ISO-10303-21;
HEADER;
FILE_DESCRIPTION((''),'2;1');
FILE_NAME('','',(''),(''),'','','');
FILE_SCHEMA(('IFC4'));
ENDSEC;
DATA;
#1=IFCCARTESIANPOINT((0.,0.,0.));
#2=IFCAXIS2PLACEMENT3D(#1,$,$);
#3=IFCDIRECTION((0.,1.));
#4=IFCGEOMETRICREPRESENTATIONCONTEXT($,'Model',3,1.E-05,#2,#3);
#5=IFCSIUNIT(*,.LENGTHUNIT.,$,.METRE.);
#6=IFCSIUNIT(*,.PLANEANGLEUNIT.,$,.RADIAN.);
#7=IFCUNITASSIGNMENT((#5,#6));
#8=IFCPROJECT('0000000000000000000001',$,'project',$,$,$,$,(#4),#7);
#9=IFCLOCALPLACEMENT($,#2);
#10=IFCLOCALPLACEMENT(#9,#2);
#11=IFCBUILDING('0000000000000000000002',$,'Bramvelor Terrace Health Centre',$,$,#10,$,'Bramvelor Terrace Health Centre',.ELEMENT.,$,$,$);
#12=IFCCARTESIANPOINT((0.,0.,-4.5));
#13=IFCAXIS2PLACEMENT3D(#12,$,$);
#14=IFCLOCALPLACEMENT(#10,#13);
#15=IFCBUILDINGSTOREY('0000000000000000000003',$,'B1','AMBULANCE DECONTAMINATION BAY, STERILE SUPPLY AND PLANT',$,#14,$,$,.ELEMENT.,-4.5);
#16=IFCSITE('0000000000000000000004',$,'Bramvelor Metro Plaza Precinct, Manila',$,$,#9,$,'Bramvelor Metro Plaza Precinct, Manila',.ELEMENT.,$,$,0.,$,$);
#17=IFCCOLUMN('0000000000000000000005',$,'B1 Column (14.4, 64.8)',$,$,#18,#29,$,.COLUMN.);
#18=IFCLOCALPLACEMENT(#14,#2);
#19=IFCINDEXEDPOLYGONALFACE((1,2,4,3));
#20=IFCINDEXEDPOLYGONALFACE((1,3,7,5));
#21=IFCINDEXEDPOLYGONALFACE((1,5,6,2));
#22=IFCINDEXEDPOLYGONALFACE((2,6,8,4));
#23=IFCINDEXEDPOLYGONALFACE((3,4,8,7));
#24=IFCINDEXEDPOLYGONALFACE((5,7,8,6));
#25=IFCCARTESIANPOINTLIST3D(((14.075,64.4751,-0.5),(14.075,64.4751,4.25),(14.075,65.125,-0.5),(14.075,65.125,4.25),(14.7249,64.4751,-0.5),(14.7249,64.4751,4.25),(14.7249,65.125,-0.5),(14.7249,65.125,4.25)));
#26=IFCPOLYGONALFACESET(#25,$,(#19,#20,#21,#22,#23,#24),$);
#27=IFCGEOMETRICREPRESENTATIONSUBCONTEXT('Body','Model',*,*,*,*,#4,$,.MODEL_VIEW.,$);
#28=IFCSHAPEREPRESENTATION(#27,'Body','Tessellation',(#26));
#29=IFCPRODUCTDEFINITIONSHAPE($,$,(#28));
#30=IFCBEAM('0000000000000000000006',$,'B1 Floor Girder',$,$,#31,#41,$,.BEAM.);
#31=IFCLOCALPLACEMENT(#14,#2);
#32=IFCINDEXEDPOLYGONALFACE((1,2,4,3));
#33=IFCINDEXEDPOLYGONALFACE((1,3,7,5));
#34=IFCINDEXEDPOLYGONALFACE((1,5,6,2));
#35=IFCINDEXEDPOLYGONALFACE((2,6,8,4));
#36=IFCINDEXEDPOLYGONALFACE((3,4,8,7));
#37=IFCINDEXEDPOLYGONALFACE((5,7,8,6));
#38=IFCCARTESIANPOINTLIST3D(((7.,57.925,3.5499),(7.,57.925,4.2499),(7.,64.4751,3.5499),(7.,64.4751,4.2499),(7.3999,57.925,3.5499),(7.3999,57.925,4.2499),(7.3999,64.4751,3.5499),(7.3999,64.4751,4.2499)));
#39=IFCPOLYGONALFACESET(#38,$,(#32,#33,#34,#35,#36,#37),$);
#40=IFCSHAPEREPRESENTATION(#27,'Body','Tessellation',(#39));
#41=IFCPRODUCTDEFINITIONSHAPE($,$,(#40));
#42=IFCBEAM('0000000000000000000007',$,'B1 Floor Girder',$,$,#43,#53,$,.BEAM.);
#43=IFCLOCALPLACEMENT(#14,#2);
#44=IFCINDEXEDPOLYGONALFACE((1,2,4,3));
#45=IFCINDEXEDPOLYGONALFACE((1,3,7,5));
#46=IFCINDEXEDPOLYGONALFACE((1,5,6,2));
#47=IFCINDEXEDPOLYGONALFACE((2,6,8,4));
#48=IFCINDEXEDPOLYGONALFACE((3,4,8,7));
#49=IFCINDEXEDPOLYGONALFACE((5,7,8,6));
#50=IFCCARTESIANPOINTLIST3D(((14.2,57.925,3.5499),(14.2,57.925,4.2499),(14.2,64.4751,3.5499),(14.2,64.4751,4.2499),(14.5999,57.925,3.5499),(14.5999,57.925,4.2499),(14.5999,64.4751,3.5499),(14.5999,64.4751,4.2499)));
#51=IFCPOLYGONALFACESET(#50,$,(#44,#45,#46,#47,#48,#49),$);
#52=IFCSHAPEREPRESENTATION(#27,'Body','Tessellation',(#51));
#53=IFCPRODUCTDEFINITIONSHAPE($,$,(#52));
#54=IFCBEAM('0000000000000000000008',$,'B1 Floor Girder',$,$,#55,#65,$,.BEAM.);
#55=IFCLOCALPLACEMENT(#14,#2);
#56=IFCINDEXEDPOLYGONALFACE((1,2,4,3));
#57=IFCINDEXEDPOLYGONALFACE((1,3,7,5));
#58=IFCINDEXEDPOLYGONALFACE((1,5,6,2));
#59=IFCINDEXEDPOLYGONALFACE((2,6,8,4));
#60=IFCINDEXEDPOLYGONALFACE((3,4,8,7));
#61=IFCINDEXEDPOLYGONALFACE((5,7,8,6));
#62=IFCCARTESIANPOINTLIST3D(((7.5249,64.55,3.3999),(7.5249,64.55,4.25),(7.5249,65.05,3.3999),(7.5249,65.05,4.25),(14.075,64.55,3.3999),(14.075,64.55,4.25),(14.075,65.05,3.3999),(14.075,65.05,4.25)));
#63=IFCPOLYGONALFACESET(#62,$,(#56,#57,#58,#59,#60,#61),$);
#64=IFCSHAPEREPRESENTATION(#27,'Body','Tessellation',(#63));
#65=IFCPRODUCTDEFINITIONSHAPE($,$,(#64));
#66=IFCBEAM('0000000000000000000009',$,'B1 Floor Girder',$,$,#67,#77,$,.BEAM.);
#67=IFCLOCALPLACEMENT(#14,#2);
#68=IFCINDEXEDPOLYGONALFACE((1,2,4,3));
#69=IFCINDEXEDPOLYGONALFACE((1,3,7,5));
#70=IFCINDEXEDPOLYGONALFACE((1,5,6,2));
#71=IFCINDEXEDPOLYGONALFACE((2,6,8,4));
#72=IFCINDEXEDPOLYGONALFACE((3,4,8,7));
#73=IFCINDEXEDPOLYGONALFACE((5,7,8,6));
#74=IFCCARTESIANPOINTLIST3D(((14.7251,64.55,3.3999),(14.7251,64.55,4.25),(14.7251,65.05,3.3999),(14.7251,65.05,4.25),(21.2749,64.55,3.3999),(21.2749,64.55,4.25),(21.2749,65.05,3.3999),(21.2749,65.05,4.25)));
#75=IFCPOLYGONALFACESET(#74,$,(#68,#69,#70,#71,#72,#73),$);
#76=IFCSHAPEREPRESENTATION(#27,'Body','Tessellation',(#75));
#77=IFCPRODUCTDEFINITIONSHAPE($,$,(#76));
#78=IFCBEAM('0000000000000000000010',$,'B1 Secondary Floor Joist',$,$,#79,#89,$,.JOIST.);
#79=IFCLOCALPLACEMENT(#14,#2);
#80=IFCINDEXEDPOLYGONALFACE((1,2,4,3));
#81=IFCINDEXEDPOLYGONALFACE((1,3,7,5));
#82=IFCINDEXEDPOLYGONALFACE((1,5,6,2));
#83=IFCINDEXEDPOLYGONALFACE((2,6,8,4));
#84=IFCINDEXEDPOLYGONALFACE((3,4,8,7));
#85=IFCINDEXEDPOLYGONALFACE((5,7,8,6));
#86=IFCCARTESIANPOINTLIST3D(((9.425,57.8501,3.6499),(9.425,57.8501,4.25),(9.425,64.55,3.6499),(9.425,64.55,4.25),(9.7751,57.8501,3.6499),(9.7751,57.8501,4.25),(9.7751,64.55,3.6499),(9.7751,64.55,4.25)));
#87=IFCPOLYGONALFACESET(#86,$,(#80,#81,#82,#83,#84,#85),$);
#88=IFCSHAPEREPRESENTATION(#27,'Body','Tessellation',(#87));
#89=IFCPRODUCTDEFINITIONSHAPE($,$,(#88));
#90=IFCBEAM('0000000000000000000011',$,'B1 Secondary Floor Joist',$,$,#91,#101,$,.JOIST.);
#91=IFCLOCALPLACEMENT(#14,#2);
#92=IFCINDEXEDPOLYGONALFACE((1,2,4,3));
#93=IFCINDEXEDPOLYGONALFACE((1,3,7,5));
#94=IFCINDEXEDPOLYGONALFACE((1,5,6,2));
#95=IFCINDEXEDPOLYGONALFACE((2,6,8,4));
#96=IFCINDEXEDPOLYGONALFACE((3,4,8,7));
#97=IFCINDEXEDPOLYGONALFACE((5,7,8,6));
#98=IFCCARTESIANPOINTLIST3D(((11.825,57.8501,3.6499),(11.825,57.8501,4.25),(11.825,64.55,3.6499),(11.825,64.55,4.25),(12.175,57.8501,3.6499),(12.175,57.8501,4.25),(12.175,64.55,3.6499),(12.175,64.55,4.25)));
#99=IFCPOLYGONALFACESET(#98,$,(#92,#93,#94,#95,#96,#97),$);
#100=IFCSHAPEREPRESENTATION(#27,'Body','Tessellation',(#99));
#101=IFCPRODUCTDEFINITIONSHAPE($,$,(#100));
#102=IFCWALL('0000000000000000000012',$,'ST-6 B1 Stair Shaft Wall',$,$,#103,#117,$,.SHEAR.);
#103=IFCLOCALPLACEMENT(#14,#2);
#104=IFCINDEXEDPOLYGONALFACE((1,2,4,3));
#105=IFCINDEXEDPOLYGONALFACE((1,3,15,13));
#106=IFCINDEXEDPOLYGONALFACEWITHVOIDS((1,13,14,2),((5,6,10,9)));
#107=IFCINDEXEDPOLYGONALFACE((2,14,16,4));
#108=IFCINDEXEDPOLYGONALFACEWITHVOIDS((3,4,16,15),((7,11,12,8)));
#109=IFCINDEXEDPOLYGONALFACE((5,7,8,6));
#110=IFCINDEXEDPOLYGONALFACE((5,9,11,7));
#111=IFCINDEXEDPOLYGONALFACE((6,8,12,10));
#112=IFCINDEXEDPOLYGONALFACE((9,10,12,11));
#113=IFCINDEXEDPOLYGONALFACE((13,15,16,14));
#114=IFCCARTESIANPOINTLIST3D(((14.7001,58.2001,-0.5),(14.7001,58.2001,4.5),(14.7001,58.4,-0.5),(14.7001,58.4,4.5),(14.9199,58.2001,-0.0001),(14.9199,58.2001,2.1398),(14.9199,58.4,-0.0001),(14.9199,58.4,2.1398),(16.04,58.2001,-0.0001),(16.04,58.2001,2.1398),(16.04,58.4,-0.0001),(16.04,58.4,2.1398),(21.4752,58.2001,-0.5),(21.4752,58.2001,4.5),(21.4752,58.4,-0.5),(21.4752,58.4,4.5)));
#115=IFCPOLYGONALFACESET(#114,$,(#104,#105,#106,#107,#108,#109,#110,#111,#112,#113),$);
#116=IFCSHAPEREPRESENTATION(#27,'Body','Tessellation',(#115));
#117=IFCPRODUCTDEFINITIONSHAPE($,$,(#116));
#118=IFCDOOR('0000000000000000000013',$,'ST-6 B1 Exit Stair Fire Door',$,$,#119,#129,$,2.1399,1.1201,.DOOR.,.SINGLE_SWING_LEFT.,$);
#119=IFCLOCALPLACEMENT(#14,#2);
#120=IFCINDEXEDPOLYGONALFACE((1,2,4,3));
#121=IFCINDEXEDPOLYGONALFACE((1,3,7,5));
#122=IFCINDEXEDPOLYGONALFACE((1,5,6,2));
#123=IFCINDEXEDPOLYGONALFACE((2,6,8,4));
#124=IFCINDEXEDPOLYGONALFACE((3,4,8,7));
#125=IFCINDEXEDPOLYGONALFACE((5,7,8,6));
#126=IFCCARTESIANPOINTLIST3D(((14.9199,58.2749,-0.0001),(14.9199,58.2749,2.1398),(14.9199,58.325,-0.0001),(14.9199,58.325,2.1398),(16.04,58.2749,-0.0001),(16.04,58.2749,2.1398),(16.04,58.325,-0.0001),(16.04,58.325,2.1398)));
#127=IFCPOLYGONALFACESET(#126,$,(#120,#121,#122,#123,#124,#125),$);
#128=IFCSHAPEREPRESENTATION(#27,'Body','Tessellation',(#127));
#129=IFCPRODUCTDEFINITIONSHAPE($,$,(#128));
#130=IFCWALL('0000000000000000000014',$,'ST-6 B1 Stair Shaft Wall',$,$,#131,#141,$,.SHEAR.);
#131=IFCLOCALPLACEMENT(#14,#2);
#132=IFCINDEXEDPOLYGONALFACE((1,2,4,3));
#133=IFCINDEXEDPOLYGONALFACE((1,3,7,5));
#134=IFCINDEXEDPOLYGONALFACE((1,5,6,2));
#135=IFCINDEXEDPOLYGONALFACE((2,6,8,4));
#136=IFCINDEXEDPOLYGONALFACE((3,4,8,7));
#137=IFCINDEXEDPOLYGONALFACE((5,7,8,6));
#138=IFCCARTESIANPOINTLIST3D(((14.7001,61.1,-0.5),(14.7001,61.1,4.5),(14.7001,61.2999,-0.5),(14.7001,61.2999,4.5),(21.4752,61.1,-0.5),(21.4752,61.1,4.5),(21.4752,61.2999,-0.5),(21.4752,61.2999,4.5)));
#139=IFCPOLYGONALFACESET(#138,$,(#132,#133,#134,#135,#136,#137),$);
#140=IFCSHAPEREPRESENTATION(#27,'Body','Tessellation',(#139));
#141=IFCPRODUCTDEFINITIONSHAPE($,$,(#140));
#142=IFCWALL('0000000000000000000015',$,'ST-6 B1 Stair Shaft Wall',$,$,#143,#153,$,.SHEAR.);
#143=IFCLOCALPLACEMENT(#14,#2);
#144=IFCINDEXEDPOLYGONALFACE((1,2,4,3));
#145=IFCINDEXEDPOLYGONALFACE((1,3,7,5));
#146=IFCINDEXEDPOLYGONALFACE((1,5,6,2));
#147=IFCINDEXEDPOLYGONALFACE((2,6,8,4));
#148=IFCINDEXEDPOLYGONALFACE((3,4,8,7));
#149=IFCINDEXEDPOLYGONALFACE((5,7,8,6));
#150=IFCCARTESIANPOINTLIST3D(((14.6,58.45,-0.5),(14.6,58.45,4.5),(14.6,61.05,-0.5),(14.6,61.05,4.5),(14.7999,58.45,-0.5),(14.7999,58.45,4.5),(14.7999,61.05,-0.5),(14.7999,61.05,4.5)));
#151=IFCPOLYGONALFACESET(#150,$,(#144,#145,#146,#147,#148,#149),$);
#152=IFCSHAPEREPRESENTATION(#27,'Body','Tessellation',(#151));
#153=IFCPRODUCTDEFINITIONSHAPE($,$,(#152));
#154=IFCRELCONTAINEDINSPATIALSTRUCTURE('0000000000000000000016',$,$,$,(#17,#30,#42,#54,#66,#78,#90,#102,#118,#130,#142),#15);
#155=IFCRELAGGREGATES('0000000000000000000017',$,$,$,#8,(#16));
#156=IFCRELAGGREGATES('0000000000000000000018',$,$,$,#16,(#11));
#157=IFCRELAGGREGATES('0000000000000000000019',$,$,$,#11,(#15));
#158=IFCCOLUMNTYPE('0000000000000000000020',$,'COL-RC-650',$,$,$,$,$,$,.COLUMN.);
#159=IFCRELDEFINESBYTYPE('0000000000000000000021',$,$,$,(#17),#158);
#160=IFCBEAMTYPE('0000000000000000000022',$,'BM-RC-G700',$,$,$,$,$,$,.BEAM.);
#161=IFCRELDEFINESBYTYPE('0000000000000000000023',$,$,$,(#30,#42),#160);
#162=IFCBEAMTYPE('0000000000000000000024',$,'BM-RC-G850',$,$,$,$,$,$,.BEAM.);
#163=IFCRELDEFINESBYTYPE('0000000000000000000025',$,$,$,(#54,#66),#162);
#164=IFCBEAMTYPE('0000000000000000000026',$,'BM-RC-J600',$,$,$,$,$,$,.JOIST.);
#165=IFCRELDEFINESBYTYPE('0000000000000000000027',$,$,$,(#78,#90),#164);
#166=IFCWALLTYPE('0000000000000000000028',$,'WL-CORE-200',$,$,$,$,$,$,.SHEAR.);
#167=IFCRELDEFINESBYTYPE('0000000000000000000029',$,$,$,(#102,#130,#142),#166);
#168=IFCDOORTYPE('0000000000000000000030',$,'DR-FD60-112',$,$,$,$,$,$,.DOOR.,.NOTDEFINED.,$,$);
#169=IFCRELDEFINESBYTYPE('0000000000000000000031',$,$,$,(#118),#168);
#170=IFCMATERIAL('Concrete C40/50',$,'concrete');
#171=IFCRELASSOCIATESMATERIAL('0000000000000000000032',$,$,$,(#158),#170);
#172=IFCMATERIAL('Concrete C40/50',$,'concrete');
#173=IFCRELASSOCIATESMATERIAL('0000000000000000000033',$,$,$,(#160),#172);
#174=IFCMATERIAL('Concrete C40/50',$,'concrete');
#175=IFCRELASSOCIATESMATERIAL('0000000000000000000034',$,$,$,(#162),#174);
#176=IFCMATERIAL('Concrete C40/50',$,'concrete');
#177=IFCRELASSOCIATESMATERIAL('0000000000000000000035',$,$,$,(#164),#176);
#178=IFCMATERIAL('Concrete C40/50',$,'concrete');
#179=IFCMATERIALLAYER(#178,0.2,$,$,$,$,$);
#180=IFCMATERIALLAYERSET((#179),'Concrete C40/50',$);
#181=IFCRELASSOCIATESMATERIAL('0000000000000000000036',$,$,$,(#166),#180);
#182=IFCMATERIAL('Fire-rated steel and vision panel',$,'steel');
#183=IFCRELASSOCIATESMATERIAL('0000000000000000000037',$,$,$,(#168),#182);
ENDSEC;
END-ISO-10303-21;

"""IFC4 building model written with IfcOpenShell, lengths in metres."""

from ifc_helpers import new_model, si_unit, direction, frame, frame_2d, origin, origin_2d, place, context, subcontext, project, spatial, rectangle, extrude, material, layer, layer_set, material_profile, profile_set, type_object, element, fill, save


model = new_model("IFC4")

# Units and contexts
model_context = context("Model", 3, precision=1e-05, world=origin(), true_north=direction((0.0, 1.0)))
body_context = subcontext(model_context, "Body", "Model", "MODEL_VIEW")
ifc_project = project(units=[si_unit("LENGTHUNIT", "METRE"), si_unit("PLANEANGLEUNIT", "RADIAN")], contexts=[model_context])

# Site, building, storey
site_placement = place(None, origin())
site = spatial("IfcSite", under=ifc_project, at=site_placement, Name="Bramvelor Metro Plaza Precinct, Manila", LongName="Bramvelor Metro Plaza Precinct, Manila", CompositionType="ELEMENT", RefElevation=0.0)
building_placement = place(site_placement, origin())
building = spatial("IfcBuilding", under=site, at=building_placement, Name="Bramvelor Terrace Health Centre", LongName="Bramvelor Terrace Health Centre", CompositionType="ELEMENT")
storey_placement = place(building_placement, frame((0.0, 0.0, -4.5)))
storey = spatial("IfcBuildingStorey", under=building, at=storey_placement, Name="B1", Description="AMBULANCE DECONTAMINATION BAY, STERILE SUPPLY AND PLANT", CompositionType="ELEMENT", Elevation=-4.5)

# Column
ifc_material_1 = material(Name="Concrete C40/50", Category="concrete")
ifc_material_profile_1 = material_profile(ifc_material_1, rectangle(XDim=0.6499, YDim=0.6499, at=origin_2d()), Name="RC 650x650")
ifc_profile_set_1 = profile_set([ifc_material_profile_1], Name="Concrete C40/50")
column_type = type_object("IfcColumnType", Name="COL-RC-650", PredefinedType="COLUMN", material=ifc_profile_set_1)
for number, where, z_axis, x_axis, name in (
    (1, (14.3999, 64.8, -0.5), (0.0, 0.0, 1.0), (1.0, 0.0, 0.0), "B1 Column (14.4, 64.8)"),
):
    element("IfcColumn", number, at=place(storey_placement, frame(where, z_axis=z_axis, x_axis=x_axis)), inside=storey, type_object=column_type, Name=name, PredefinedType="COLUMN", context=body_context, shape_type="SweptSolid", body=[
        extrude(rectangle(XDim=0.6499, YDim=0.6499, at=origin_2d()), origin(), (0.0, 0.0, 1.0), 4.75),
    ])

# Beams
ifc_material_2 = material(Name="Concrete C40/50", Category="concrete")
ifc_material_profile_2 = material_profile(ifc_material_2, rectangle(XDim=0.3999, YDim=0.7, at=origin_2d()), Name="RC 400x700")
ifc_profile_set_2 = profile_set([ifc_material_profile_2], Name="Concrete C40/50")
beam_type_1 = type_object("IfcBeamType", Name="BM-RC-G700", PredefinedType="BEAM", material=ifc_profile_set_2)
for number, where, z_axis, x_axis, name in (
    (2, (7.2, 57.925, 3.8999), (0.0, 1.0, 0.0), (-1.0, 0.0, 0.0), "B1 Floor Girder"),
    (3, (14.3999, 57.925, 3.8999), (0.0, 1.0, 0.0), (-1.0, 0.0, 0.0), "B1 Floor Girder"),
):
    element("IfcBeam", number, at=place(storey_placement, frame(where, z_axis=z_axis, x_axis=x_axis)), inside=storey, type_object=beam_type_1, Name=name, PredefinedType="BEAM", context=body_context, shape_type="SweptSolid", body=[
        extrude(rectangle(XDim=0.3999, YDim=0.7, at=origin_2d()), origin(), (0.0, 0.0, 1.0), 6.55),
    ])
ifc_material_3 = material(Name="Concrete C40/50", Category="concrete")
ifc_material_profile_3 = material_profile(ifc_material_3, rectangle(XDim=0.5, YDim=0.8501, at=origin_2d()), Name="RC 500x850")
ifc_profile_set_3 = profile_set([ifc_material_profile_3], Name="Concrete C40/50")
beam_type_2 = type_object("IfcBeamType", Name="BM-RC-G850", PredefinedType="BEAM", material=ifc_profile_set_3)
beam_1_placement = place(storey_placement, frame((7.5249, 64.8, 3.825), z_axis=(1.0, 0.0, 0.0), x_axis=(0.0, 1.0, 0.0)))
element("IfcBeam", 4, at=beam_1_placement, inside=storey, type_object=beam_type_2, Name="B1 Floor Girder", PredefinedType="BEAM", context=body_context, shape_type="SweptSolid", body=[
    extrude(rectangle(XDim=0.5, YDim=0.8501, at=origin_2d()), origin(), (0.0, 0.0, 1.0), 6.55),
])
beam_2_placement = place(storey_placement, frame((14.7251, 64.8, 3.825), z_axis=(1.0, 0.0, 0.0), x_axis=(0.0, 1.0, 0.0)))
element("IfcBeam", 5, at=beam_2_placement, inside=storey, type_object=beam_type_2, Name="B1 Floor Girder", PredefinedType="BEAM", context=body_context, shape_type="SweptSolid", body=[
    extrude(rectangle(XDim=0.5, YDim=0.8501, at=origin_2d()), origin(), (0.0, 0.0, 1.0), 6.5498),
])
ifc_material_4 = material(Name="Concrete C40/50", Category="concrete")
ifc_material_profile_4 = material_profile(ifc_material_4, rectangle(XDim=0.3501, YDim=0.6001, at=origin_2d()), Name="RC 350x600")
ifc_profile_set_4 = profile_set([ifc_material_profile_4], Name="Concrete C40/50")
beam_type_3 = type_object("IfcBeamType", Name="BM-RC-J600", PredefinedType="JOIST", material=ifc_profile_set_4)
for number, where, z_axis, x_axis, name in (
    (6, (9.6001, 57.8501, 3.95), (0.0, 1.0, 0.0), (-1.0, 0.0, 0.0), "B1 Secondary Floor Joist"),
    (7, (12.0, 57.8501, 3.95), (0.0, 1.0, 0.0), (-1.0, 0.0, 0.0), "B1 Secondary Floor Joist"),
):
    element("IfcBeam", number, at=place(storey_placement, frame(where, z_axis=z_axis, x_axis=x_axis)), inside=storey, type_object=beam_type_3, Name=name, PredefinedType="JOIST", context=body_context, shape_type="SweptSolid", body=[
        extrude(rectangle(XDim=0.3501, YDim=0.6001, at=origin_2d()), origin(), (0.0, 0.0, 1.0), 6.7),
    ])

# Wall, opening, door
ifc_material_5 = material(Name="Concrete C40/50", Category="concrete")
ifc_layer_1 = layer(ifc_material_5, 0.2)
ifc_layer_set_1 = layer_set([ifc_layer_1], Name="Concrete C40/50")
wall_type_1 = type_object("IfcWallType", Name="WL-CORE-200", PredefinedType="SHEAR", material=ifc_layer_set_1)
wall_1_placement = place(storey_placement, frame((14.7, 58.3, -0.5), z_axis=(0.0, 0.0, 1.0), x_axis=(1.0, 0.0, 0.0)))
wall_1 = element("IfcWall", 8, at=wall_1_placement, inside=storey, type_object=wall_type_1, Name="ST-6 B1 Stair Shaft Wall", PredefinedType="SHEAR", context=body_context, shape_type="SweptSolid", body=[
    extrude(rectangle(XDim=6.7751, YDim=0.2, at=frame_2d((3.3877, 0.0))), origin(), (0.0, 0.0, 1.0), 5.0),
])
opening_1_placement = place(wall_1_placement, frame((0.22, 0.0, 0.5)))
opening_1 = element("IfcOpeningElement", 9, at=opening_1_placement, cuts=wall_1, PredefinedType="OPENING", context=body_context, shape_type="SweptSolid", body=[
    extrude(rectangle(XDim=1.1201, YDim=2.1399, at=frame_2d((0.5601, 1.0698))), frame((0.0, 0.1099, 0.0), z_axis=(0.0, -1.0, 0.0), x_axis=(1.0, 0.0, 0.0)), (0.0, 0.0, 1.0), 0.22),
])
ifc_material_6 = material(Name="Fire-rated steel and vision panel", Category="steel")
door_type_1 = type_object("IfcDoorType", Name="DR-FD60-112", OperationType="NOTDEFINED", PredefinedType="DOOR", material=ifc_material_6)
door_1_placement = place(opening_1_placement, origin())
door_1 = element("IfcDoor", 10, at=door_1_placement, inside=storey, type_object=door_type_1, Name="ST-6 B1 Exit Stair Fire Door", OperationType="SINGLE_SWING_LEFT", OverallHeight=2.1399, OverallWidth=1.1201, PredefinedType="DOOR", context=body_context, shape_type="SweptSolid", body=[
    extrude(rectangle(XDim=1.1201, YDim=2.1399, at=frame_2d((0.5601, 1.0698))), frame((0.0, 0.0249, 0.0), z_axis=(0.0, -1.0, 0.0), x_axis=(1.0, 0.0, 0.0)), (0.0, 0.0, 1.0), 0.05),
])
fill(opening_1, door_1)

# Walls
wall_2_placement = place(storey_placement, frame((14.7, 61.2, -0.5), z_axis=(0.0, 0.0, 1.0), x_axis=(1.0, 0.0, 0.0)))
element("IfcWall", 11, at=wall_2_placement, inside=storey, type_object=wall_type_1, Name="ST-6 B1 Stair Shaft Wall", PredefinedType="SHEAR", context=body_context, shape_type="SweptSolid", body=[
    extrude(rectangle(XDim=6.7751, YDim=0.2, at=frame_2d((3.3877, 0.0))), origin(), (0.0, 0.0, 1.0), 5.0),
])
wall_3_placement = place(storey_placement, frame((14.7, 58.45, -0.5), z_axis=(0.0, 0.0, 1.0), x_axis=(0.0, 1.0, 0.0)))
element("IfcWall", 12, at=wall_3_placement, inside=storey, type_object=wall_type_1, Name="ST-6 B1 Stair Shaft Wall", PredefinedType="SHEAR", context=body_context, shape_type="SweptSolid", body=[
    extrude(rectangle(XDim=2.6001, YDim=0.2, at=frame_2d((1.3, 0.0))), origin(), (0.0, 0.0, 1.0), 5.0),
])

save(model, "model.ifc")
